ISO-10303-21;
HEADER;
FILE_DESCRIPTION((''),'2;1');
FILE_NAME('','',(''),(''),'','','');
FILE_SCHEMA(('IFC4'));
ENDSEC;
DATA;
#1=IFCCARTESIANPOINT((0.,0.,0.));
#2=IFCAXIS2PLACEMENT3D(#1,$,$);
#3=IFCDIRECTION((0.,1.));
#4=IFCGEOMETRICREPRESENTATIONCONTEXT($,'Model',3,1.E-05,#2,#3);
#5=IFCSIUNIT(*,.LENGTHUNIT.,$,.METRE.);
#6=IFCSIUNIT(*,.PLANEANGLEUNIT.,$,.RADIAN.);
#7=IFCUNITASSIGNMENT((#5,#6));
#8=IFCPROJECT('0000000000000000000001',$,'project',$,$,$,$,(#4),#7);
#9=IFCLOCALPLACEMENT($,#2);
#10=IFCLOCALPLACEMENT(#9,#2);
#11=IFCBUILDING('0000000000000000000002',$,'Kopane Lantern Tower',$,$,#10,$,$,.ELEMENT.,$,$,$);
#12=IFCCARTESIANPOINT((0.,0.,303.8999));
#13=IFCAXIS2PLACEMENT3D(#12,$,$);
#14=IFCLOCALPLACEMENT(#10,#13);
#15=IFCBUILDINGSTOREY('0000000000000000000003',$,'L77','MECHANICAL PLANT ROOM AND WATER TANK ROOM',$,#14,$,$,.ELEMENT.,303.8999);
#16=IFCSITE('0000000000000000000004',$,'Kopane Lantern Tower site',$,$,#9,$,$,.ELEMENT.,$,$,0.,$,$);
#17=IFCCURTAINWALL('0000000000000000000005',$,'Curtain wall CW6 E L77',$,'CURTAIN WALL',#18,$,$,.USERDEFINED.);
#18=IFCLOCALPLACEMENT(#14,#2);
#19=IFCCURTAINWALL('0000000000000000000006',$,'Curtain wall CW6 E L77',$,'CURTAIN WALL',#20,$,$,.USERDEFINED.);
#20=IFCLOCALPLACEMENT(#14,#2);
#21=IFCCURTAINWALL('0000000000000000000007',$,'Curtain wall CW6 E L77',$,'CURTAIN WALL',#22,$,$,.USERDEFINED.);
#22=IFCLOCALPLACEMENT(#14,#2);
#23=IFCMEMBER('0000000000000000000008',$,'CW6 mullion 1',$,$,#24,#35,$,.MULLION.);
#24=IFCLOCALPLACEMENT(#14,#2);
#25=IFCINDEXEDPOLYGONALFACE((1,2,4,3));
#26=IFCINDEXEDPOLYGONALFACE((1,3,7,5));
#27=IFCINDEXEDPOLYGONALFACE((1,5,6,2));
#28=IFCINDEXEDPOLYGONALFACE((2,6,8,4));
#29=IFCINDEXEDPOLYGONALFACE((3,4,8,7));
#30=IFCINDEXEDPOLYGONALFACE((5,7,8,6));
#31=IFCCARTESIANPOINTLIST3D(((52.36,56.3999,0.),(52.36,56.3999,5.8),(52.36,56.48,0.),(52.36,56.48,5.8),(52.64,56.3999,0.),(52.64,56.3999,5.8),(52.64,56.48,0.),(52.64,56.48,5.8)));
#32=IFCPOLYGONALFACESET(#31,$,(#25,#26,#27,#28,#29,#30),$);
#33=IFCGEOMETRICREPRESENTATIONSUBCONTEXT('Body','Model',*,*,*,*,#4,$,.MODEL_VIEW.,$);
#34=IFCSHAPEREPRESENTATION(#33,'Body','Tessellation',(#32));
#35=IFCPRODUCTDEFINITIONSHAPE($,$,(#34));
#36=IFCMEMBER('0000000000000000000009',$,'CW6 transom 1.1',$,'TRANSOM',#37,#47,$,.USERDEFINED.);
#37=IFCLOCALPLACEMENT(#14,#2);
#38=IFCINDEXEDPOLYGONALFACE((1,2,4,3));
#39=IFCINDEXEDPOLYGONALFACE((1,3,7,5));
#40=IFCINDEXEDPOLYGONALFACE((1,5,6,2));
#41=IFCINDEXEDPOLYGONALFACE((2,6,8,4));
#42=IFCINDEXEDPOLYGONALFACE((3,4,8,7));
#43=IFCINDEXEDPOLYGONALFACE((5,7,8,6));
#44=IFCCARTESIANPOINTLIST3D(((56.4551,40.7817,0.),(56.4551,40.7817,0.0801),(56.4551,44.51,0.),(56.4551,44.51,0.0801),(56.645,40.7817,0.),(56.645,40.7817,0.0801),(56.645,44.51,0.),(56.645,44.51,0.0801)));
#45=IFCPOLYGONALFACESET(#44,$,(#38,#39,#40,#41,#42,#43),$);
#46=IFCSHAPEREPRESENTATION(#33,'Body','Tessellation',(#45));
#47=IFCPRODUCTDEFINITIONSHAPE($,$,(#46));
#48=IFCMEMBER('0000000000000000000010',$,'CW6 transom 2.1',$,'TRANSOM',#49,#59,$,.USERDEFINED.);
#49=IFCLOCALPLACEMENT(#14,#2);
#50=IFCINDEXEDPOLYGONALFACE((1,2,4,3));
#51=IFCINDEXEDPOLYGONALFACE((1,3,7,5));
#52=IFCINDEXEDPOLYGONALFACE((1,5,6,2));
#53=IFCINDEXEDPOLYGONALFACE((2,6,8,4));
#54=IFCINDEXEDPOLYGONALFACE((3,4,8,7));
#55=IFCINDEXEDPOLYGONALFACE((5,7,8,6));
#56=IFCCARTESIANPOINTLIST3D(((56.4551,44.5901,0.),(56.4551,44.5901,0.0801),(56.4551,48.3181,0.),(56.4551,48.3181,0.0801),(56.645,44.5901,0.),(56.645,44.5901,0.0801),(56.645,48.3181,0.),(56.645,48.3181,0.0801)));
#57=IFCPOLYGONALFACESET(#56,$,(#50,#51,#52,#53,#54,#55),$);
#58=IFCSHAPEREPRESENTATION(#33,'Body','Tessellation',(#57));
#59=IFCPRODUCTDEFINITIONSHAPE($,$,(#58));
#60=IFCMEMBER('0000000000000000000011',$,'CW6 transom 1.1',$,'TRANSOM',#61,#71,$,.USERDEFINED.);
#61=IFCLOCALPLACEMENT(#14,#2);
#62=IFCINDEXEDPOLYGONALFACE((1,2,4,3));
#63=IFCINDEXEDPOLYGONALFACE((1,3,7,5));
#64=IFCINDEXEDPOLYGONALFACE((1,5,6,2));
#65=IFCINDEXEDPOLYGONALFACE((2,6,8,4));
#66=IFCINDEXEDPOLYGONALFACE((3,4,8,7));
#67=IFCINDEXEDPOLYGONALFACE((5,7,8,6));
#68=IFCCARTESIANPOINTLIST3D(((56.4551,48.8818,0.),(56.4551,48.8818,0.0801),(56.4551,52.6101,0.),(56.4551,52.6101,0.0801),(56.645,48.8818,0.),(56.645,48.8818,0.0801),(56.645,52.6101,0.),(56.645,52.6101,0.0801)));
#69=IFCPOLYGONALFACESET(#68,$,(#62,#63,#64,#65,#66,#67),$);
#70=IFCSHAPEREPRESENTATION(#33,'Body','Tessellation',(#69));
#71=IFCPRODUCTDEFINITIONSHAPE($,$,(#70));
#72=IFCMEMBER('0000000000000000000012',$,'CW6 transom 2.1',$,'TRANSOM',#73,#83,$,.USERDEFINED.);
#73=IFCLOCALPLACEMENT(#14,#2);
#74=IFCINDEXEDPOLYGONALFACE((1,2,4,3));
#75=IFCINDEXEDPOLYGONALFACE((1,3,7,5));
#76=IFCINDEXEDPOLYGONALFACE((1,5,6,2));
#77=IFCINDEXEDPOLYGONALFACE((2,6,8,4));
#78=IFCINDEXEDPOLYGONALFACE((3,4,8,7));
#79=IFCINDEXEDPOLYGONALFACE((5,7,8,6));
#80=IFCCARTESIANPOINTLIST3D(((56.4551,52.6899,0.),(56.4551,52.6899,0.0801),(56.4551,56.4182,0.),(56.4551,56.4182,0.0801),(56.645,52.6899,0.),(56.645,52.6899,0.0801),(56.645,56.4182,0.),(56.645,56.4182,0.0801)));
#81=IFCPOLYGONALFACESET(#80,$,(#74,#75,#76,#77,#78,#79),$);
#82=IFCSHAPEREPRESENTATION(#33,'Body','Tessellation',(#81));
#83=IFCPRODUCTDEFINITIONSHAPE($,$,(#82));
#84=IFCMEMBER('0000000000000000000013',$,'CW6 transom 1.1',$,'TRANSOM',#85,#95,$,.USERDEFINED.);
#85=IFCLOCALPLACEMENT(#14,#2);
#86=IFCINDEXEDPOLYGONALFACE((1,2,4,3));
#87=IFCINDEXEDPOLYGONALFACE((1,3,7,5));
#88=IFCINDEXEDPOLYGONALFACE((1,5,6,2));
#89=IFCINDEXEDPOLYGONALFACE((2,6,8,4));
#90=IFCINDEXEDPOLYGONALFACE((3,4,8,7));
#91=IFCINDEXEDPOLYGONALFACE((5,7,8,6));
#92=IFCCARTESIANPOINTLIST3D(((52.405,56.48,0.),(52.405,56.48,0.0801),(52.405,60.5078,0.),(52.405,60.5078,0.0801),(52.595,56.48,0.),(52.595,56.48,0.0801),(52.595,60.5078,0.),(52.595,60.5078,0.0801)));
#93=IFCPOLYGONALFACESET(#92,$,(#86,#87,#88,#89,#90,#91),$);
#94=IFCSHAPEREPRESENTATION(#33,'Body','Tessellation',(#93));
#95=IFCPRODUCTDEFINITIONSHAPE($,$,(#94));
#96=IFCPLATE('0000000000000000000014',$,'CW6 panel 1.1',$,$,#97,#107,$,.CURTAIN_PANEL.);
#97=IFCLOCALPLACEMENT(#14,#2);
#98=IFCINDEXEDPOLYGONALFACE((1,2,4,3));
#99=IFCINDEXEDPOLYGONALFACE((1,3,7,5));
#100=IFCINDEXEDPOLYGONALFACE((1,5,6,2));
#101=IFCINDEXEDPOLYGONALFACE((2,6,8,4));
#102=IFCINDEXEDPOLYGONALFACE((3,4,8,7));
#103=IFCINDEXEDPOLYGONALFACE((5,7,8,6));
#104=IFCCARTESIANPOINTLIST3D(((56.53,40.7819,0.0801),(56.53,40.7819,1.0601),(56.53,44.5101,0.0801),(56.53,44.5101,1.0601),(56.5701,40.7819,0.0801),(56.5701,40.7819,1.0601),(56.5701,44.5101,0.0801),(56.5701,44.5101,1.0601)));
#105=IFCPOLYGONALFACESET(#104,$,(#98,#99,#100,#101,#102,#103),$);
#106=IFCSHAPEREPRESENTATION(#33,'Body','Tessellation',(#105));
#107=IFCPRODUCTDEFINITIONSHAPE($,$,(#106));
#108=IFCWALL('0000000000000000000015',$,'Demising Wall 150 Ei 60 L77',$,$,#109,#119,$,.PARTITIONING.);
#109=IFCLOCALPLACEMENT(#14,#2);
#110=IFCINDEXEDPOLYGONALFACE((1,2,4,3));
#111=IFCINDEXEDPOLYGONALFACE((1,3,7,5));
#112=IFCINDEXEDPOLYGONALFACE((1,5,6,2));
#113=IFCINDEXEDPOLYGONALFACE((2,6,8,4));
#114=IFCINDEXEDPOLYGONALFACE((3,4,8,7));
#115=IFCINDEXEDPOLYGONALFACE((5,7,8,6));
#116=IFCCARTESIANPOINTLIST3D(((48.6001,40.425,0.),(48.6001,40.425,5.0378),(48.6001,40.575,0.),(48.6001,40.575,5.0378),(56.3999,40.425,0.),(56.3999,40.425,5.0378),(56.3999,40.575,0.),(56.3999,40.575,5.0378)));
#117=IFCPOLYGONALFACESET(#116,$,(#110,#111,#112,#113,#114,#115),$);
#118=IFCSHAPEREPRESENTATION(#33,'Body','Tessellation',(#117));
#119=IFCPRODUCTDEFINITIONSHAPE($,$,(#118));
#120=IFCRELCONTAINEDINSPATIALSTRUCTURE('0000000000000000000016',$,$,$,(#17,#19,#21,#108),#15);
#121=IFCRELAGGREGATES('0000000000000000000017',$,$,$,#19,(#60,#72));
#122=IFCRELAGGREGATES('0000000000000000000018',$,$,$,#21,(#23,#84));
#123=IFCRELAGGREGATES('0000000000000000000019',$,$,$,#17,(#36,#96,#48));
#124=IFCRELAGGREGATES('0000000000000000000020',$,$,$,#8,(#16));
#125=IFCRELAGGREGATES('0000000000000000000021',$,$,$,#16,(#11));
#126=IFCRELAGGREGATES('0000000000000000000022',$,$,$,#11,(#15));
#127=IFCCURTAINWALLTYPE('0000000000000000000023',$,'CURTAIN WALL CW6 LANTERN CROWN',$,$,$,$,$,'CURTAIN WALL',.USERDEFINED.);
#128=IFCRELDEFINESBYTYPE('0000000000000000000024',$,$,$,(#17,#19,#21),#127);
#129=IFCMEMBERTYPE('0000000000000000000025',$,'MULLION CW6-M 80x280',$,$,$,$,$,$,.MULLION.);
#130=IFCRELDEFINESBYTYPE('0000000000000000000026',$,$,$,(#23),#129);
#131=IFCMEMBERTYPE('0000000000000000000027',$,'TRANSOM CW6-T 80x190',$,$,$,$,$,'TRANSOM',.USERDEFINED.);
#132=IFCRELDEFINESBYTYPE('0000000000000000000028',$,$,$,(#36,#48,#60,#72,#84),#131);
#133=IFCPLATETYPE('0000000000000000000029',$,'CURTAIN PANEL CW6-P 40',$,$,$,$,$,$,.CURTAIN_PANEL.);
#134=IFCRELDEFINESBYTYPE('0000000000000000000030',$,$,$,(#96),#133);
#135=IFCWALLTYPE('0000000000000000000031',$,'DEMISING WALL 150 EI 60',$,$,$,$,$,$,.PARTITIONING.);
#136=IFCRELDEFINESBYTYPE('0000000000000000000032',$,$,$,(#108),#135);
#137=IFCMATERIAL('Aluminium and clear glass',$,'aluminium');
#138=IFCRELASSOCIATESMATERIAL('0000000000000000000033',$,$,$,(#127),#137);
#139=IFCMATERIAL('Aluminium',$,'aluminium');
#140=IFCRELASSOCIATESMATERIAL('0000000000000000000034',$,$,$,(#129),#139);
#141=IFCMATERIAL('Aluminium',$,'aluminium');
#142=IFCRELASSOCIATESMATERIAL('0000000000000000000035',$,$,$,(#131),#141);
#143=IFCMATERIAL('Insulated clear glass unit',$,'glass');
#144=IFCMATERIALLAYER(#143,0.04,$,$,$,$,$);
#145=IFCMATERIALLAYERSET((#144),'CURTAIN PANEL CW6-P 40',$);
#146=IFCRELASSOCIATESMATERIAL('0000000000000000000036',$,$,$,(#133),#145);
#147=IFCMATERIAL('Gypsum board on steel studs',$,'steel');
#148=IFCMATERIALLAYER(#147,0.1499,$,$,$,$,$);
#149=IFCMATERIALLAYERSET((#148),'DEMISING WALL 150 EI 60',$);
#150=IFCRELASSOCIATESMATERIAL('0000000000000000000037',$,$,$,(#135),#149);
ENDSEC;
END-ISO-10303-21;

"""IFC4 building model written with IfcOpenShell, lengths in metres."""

from ifc_helpers import new_model, si_unit, direction, frame, frame_2d, origin, origin_2d, place, context, subcontext, project, spatial, rectangle, extrude, material, layer, layer_set, material_profile, profile_set, type_object, element, aggregate, save


model = new_model("IFC4")

# Units and contexts
model_context = context("Model", 3, precision=1e-05, world=origin(), true_north=direction((0.0, 1.0)))
body_context = subcontext(model_context, "Body", "Model", "MODEL_VIEW")
ifc_project = project(units=[si_unit("LENGTHUNIT", "METRE"), si_unit("PLANEANGLEUNIT", "RADIAN")], contexts=[model_context])

# Site, building, storey
site_placement = place(None, origin())
site = spatial("IfcSite", under=ifc_project, at=site_placement, Name="Kopane Lantern Tower site", CompositionType="ELEMENT", RefElevation=0.0)
building_placement = place(site_placement, origin())
building = spatial("IfcBuilding", under=site, at=building_placement, Name="Kopane Lantern Tower", CompositionType="ELEMENT")
storey_placement = place(building_placement, frame((0.0, 0.0, 303.8999)))
storey = spatial("IfcBuildingStorey", under=building, at=storey_placement, Name="L77", Description="MECHANICAL PLANT ROOM AND WATER TANK ROOM", CompositionType="ELEMENT", Elevation=303.8999)

# Shared definitions
ifc_material_1 = material(Name="Aluminium and clear glass", Category="aluminium")
curtain_wall_type = type_object("IfcCurtainWallType", Name="CURTAIN WALL CW6 LANTERN CROWN", ElementType="CURTAIN WALL", PredefinedType="USERDEFINED", material=ifc_material_1)
ifc_material_2 = material(Name="Aluminium", Category="aluminium")
ifc_material_profile_1 = material_profile(ifc_material_2, rectangle(XDim=0.0801, YDim=0.28, at=origin_2d()), Name="AL 80x280")
ifc_profile_set_1 = profile_set([ifc_material_profile_1], Name="Aluminium")
member_type_1 = type_object("IfcMemberType", Name="MULLION CW6-M 80x280", PredefinedType="MULLION", material=ifc_profile_set_1)

# Curtain walls
curtain_wall_1_placement = place(storey_placement, origin())
curtain_wall_1 = element("IfcCurtainWall", 1, at=curtain_wall_1_placement, inside=storey, type_object=curtain_wall_type, Name="Curtain wall CW6 E L77", ObjectType="CURTAIN WALL", PredefinedType="USERDEFINED")
curtain_wall_2_placement = place(storey_placement, origin())
curtain_wall_2 = element("IfcCurtainWall", 2, at=curtain_wall_2_placement, inside=storey, type_object=curtain_wall_type, Name="Curtain wall CW6 E L77", ObjectType="CURTAIN WALL", PredefinedType="USERDEFINED")

# Curtain wall, member
curtain_wall_3_placement = place(storey_placement, origin())
curtain_wall_3 = element("IfcCurtainWall", 3, at=curtain_wall_3_placement, inside=storey, type_object=curtain_wall_type, Name="Curtain wall CW6 E L77", ObjectType="CURTAIN WALL", PredefinedType="USERDEFINED")
member_1_placement = place(storey_placement, frame((52.5, 56.4399, 0.0), z_axis=(0.0, 0.0, 1.0), x_axis=(0.0, 1.0, 0.0)))
member_1 = element("IfcMember", 4, at=member_1_placement, type_object=member_type_1, Name="CW6 mullion 1", PredefinedType="MULLION", context=body_context, shape_type="SweptSolid", body=[
    extrude(rectangle(XDim=0.0801, YDim=0.28, at=origin_2d()), origin(), (0.0, 0.0, 1.0), 5.8),
])

# Members
ifc_material_3 = material(Name="Aluminium", Category="aluminium")
ifc_material_profile_2 = material_profile(ifc_material_3, rectangle(XDim=0.1899, YDim=0.0801, at=origin_2d()), Name="AL 190x80")
ifc_profile_set_2 = profile_set([ifc_material_profile_2], Name="Aluminium")
member_type_2 = type_object("IfcMemberType", Name="TRANSOM CW6-T 80x190", ElementType="TRANSOM", PredefinedType="USERDEFINED", material=ifc_profile_set_2)
member_2_placement = place(storey_placement, frame((56.55, 40.7817, 0.04), z_axis=(0.0, 1.0, 0.0), x_axis=(-1.0, 0.0, 0.0)))
member_2 = element("IfcMember", 5, at=member_2_placement, type_object=member_type_2, Name="CW6 transom 1.1", ObjectType="TRANSOM", PredefinedType="USERDEFINED", context=body_context, shape_type="SweptSolid", body=[
    extrude(rectangle(XDim=0.1899, YDim=0.0801, at=origin_2d()), origin(), (0.0, 0.0, 1.0), 3.7283),
])
member_3_placement = place(storey_placement, frame((56.55, 44.5901, 0.04), z_axis=(0.0, 1.0, 0.0), x_axis=(-1.0, 0.0, 0.0)))
member_3 = element("IfcMember", 6, at=member_3_placement, type_object=member_type_2, Name="CW6 transom 2.1", ObjectType="TRANSOM", PredefinedType="USERDEFINED", context=body_context, shape_type="SweptSolid", body=[
    extrude(rectangle(XDim=0.1899, YDim=0.0801, at=origin_2d()), origin(), (0.0, 0.0, 1.0), 3.728),
])
member_4_placement = place(storey_placement, frame((56.55, 48.8818, 0.04), z_axis=(0.0, 1.0, 0.0), x_axis=(-1.0, 0.0, 0.0)))
member_4 = element("IfcMember", 7, at=member_4_placement, type_object=member_type_2, Name="CW6 transom 1.1", ObjectType="TRANSOM", PredefinedType="USERDEFINED", context=body_context, shape_type="SweptSolid", body=[
    extrude(rectangle(XDim=0.1899, YDim=0.0801, at=origin_2d()), origin(), (0.0, 0.0, 1.0), 3.7283),
])
member_5_placement = place(storey_placement, frame((56.55, 52.6899, 0.04), z_axis=(0.0, 1.0, 0.0), x_axis=(-1.0, 0.0, 0.0)))
member_5 = element("IfcMember", 8, at=member_5_placement, type_object=member_type_2, Name="CW6 transom 2.1", ObjectType="TRANSOM", PredefinedType="USERDEFINED", context=body_context, shape_type="SweptSolid", body=[
    extrude(rectangle(XDim=0.1899, YDim=0.0801, at=origin_2d()), origin(), (0.0, 0.0, 1.0), 3.7283),
])
aggregate(curtain_wall_2, [member_4, member_5])
member_6_placement = place(storey_placement, frame((52.5, 56.48, 0.04), z_axis=(0.0, 1.0, 0.0), x_axis=(-1.0, 0.0, 0.0)))
member_6 = element("IfcMember", 9, at=member_6_placement, type_object=member_type_2, Name="CW6 transom 1.1", ObjectType="TRANSOM", PredefinedType="USERDEFINED", context=body_context, shape_type="SweptSolid", body=[
    extrude(rectangle(XDim=0.1899, YDim=0.0801, at=origin_2d()), origin(), (0.0, 0.0, 1.0), 4.0278),
])
aggregate(curtain_wall_3, [member_1, member_6])

# Plate
ifc_material_4 = material(Name="Insulated clear glass unit", Category="glass")
ifc_layer_1 = layer(ifc_material_4, 0.04)
ifc_layer_set_1 = layer_set([ifc_layer_1], Name="CURTAIN PANEL CW6-P 40")
plate_type = type_object("IfcPlateType", Name="CURTAIN PANEL CW6-P 40", PredefinedType="CURTAIN_PANEL", material=ifc_layer_set_1)
plate_placement = place(storey_placement, frame((56.55, 42.646, 0.0801), z_axis=(0.0, 0.0, 1.0), x_axis=(0.0, 1.0, 0.0)))
plate = element("IfcPlate", 10, at=plate_placement, type_object=plate_type, Name="CW6 panel 1.1", PredefinedType="CURTAIN_PANEL", context=body_context, shape_type="SweptSolid", body=[
    extrude(rectangle(XDim=3.7283, YDim=0.04, at=origin_2d()), origin(), (0.0, 0.0, 1.0), 0.98),
])
aggregate(curtain_wall_1, [member_2, plate, member_3])

# Wall
ifc_material_5 = material(Name="Gypsum board on steel studs", Category="steel")
ifc_layer_2 = layer(ifc_material_5, 0.1499)
ifc_layer_set_2 = layer_set([ifc_layer_2], Name="DEMISING WALL 150 EI 60")
wall_type = type_object("IfcWallType", Name="DEMISING WALL 150 EI 60", PredefinedType="PARTITIONING", material=ifc_layer_set_2)
wall_placement = place(storey_placement, frame((48.6001, 40.5, 0.0), z_axis=(0.0, 0.0, 1.0), x_axis=(1.0, 0.0, 0.0)))
element("IfcWall", 11, at=wall_placement, inside=storey, type_object=wall_type, Name="Demising Wall 150 Ei 60 L77", PredefinedType="PARTITIONING", context=body_context, shape_type="SweptSolid", body=[
    extrude(rectangle(XDim=7.7998, YDim=0.1499, at=frame_2d((3.8999, 0.0))), origin(), (0.0, 0.0, 1.0), 5.0378),
])

save(model, "model.ifc")
